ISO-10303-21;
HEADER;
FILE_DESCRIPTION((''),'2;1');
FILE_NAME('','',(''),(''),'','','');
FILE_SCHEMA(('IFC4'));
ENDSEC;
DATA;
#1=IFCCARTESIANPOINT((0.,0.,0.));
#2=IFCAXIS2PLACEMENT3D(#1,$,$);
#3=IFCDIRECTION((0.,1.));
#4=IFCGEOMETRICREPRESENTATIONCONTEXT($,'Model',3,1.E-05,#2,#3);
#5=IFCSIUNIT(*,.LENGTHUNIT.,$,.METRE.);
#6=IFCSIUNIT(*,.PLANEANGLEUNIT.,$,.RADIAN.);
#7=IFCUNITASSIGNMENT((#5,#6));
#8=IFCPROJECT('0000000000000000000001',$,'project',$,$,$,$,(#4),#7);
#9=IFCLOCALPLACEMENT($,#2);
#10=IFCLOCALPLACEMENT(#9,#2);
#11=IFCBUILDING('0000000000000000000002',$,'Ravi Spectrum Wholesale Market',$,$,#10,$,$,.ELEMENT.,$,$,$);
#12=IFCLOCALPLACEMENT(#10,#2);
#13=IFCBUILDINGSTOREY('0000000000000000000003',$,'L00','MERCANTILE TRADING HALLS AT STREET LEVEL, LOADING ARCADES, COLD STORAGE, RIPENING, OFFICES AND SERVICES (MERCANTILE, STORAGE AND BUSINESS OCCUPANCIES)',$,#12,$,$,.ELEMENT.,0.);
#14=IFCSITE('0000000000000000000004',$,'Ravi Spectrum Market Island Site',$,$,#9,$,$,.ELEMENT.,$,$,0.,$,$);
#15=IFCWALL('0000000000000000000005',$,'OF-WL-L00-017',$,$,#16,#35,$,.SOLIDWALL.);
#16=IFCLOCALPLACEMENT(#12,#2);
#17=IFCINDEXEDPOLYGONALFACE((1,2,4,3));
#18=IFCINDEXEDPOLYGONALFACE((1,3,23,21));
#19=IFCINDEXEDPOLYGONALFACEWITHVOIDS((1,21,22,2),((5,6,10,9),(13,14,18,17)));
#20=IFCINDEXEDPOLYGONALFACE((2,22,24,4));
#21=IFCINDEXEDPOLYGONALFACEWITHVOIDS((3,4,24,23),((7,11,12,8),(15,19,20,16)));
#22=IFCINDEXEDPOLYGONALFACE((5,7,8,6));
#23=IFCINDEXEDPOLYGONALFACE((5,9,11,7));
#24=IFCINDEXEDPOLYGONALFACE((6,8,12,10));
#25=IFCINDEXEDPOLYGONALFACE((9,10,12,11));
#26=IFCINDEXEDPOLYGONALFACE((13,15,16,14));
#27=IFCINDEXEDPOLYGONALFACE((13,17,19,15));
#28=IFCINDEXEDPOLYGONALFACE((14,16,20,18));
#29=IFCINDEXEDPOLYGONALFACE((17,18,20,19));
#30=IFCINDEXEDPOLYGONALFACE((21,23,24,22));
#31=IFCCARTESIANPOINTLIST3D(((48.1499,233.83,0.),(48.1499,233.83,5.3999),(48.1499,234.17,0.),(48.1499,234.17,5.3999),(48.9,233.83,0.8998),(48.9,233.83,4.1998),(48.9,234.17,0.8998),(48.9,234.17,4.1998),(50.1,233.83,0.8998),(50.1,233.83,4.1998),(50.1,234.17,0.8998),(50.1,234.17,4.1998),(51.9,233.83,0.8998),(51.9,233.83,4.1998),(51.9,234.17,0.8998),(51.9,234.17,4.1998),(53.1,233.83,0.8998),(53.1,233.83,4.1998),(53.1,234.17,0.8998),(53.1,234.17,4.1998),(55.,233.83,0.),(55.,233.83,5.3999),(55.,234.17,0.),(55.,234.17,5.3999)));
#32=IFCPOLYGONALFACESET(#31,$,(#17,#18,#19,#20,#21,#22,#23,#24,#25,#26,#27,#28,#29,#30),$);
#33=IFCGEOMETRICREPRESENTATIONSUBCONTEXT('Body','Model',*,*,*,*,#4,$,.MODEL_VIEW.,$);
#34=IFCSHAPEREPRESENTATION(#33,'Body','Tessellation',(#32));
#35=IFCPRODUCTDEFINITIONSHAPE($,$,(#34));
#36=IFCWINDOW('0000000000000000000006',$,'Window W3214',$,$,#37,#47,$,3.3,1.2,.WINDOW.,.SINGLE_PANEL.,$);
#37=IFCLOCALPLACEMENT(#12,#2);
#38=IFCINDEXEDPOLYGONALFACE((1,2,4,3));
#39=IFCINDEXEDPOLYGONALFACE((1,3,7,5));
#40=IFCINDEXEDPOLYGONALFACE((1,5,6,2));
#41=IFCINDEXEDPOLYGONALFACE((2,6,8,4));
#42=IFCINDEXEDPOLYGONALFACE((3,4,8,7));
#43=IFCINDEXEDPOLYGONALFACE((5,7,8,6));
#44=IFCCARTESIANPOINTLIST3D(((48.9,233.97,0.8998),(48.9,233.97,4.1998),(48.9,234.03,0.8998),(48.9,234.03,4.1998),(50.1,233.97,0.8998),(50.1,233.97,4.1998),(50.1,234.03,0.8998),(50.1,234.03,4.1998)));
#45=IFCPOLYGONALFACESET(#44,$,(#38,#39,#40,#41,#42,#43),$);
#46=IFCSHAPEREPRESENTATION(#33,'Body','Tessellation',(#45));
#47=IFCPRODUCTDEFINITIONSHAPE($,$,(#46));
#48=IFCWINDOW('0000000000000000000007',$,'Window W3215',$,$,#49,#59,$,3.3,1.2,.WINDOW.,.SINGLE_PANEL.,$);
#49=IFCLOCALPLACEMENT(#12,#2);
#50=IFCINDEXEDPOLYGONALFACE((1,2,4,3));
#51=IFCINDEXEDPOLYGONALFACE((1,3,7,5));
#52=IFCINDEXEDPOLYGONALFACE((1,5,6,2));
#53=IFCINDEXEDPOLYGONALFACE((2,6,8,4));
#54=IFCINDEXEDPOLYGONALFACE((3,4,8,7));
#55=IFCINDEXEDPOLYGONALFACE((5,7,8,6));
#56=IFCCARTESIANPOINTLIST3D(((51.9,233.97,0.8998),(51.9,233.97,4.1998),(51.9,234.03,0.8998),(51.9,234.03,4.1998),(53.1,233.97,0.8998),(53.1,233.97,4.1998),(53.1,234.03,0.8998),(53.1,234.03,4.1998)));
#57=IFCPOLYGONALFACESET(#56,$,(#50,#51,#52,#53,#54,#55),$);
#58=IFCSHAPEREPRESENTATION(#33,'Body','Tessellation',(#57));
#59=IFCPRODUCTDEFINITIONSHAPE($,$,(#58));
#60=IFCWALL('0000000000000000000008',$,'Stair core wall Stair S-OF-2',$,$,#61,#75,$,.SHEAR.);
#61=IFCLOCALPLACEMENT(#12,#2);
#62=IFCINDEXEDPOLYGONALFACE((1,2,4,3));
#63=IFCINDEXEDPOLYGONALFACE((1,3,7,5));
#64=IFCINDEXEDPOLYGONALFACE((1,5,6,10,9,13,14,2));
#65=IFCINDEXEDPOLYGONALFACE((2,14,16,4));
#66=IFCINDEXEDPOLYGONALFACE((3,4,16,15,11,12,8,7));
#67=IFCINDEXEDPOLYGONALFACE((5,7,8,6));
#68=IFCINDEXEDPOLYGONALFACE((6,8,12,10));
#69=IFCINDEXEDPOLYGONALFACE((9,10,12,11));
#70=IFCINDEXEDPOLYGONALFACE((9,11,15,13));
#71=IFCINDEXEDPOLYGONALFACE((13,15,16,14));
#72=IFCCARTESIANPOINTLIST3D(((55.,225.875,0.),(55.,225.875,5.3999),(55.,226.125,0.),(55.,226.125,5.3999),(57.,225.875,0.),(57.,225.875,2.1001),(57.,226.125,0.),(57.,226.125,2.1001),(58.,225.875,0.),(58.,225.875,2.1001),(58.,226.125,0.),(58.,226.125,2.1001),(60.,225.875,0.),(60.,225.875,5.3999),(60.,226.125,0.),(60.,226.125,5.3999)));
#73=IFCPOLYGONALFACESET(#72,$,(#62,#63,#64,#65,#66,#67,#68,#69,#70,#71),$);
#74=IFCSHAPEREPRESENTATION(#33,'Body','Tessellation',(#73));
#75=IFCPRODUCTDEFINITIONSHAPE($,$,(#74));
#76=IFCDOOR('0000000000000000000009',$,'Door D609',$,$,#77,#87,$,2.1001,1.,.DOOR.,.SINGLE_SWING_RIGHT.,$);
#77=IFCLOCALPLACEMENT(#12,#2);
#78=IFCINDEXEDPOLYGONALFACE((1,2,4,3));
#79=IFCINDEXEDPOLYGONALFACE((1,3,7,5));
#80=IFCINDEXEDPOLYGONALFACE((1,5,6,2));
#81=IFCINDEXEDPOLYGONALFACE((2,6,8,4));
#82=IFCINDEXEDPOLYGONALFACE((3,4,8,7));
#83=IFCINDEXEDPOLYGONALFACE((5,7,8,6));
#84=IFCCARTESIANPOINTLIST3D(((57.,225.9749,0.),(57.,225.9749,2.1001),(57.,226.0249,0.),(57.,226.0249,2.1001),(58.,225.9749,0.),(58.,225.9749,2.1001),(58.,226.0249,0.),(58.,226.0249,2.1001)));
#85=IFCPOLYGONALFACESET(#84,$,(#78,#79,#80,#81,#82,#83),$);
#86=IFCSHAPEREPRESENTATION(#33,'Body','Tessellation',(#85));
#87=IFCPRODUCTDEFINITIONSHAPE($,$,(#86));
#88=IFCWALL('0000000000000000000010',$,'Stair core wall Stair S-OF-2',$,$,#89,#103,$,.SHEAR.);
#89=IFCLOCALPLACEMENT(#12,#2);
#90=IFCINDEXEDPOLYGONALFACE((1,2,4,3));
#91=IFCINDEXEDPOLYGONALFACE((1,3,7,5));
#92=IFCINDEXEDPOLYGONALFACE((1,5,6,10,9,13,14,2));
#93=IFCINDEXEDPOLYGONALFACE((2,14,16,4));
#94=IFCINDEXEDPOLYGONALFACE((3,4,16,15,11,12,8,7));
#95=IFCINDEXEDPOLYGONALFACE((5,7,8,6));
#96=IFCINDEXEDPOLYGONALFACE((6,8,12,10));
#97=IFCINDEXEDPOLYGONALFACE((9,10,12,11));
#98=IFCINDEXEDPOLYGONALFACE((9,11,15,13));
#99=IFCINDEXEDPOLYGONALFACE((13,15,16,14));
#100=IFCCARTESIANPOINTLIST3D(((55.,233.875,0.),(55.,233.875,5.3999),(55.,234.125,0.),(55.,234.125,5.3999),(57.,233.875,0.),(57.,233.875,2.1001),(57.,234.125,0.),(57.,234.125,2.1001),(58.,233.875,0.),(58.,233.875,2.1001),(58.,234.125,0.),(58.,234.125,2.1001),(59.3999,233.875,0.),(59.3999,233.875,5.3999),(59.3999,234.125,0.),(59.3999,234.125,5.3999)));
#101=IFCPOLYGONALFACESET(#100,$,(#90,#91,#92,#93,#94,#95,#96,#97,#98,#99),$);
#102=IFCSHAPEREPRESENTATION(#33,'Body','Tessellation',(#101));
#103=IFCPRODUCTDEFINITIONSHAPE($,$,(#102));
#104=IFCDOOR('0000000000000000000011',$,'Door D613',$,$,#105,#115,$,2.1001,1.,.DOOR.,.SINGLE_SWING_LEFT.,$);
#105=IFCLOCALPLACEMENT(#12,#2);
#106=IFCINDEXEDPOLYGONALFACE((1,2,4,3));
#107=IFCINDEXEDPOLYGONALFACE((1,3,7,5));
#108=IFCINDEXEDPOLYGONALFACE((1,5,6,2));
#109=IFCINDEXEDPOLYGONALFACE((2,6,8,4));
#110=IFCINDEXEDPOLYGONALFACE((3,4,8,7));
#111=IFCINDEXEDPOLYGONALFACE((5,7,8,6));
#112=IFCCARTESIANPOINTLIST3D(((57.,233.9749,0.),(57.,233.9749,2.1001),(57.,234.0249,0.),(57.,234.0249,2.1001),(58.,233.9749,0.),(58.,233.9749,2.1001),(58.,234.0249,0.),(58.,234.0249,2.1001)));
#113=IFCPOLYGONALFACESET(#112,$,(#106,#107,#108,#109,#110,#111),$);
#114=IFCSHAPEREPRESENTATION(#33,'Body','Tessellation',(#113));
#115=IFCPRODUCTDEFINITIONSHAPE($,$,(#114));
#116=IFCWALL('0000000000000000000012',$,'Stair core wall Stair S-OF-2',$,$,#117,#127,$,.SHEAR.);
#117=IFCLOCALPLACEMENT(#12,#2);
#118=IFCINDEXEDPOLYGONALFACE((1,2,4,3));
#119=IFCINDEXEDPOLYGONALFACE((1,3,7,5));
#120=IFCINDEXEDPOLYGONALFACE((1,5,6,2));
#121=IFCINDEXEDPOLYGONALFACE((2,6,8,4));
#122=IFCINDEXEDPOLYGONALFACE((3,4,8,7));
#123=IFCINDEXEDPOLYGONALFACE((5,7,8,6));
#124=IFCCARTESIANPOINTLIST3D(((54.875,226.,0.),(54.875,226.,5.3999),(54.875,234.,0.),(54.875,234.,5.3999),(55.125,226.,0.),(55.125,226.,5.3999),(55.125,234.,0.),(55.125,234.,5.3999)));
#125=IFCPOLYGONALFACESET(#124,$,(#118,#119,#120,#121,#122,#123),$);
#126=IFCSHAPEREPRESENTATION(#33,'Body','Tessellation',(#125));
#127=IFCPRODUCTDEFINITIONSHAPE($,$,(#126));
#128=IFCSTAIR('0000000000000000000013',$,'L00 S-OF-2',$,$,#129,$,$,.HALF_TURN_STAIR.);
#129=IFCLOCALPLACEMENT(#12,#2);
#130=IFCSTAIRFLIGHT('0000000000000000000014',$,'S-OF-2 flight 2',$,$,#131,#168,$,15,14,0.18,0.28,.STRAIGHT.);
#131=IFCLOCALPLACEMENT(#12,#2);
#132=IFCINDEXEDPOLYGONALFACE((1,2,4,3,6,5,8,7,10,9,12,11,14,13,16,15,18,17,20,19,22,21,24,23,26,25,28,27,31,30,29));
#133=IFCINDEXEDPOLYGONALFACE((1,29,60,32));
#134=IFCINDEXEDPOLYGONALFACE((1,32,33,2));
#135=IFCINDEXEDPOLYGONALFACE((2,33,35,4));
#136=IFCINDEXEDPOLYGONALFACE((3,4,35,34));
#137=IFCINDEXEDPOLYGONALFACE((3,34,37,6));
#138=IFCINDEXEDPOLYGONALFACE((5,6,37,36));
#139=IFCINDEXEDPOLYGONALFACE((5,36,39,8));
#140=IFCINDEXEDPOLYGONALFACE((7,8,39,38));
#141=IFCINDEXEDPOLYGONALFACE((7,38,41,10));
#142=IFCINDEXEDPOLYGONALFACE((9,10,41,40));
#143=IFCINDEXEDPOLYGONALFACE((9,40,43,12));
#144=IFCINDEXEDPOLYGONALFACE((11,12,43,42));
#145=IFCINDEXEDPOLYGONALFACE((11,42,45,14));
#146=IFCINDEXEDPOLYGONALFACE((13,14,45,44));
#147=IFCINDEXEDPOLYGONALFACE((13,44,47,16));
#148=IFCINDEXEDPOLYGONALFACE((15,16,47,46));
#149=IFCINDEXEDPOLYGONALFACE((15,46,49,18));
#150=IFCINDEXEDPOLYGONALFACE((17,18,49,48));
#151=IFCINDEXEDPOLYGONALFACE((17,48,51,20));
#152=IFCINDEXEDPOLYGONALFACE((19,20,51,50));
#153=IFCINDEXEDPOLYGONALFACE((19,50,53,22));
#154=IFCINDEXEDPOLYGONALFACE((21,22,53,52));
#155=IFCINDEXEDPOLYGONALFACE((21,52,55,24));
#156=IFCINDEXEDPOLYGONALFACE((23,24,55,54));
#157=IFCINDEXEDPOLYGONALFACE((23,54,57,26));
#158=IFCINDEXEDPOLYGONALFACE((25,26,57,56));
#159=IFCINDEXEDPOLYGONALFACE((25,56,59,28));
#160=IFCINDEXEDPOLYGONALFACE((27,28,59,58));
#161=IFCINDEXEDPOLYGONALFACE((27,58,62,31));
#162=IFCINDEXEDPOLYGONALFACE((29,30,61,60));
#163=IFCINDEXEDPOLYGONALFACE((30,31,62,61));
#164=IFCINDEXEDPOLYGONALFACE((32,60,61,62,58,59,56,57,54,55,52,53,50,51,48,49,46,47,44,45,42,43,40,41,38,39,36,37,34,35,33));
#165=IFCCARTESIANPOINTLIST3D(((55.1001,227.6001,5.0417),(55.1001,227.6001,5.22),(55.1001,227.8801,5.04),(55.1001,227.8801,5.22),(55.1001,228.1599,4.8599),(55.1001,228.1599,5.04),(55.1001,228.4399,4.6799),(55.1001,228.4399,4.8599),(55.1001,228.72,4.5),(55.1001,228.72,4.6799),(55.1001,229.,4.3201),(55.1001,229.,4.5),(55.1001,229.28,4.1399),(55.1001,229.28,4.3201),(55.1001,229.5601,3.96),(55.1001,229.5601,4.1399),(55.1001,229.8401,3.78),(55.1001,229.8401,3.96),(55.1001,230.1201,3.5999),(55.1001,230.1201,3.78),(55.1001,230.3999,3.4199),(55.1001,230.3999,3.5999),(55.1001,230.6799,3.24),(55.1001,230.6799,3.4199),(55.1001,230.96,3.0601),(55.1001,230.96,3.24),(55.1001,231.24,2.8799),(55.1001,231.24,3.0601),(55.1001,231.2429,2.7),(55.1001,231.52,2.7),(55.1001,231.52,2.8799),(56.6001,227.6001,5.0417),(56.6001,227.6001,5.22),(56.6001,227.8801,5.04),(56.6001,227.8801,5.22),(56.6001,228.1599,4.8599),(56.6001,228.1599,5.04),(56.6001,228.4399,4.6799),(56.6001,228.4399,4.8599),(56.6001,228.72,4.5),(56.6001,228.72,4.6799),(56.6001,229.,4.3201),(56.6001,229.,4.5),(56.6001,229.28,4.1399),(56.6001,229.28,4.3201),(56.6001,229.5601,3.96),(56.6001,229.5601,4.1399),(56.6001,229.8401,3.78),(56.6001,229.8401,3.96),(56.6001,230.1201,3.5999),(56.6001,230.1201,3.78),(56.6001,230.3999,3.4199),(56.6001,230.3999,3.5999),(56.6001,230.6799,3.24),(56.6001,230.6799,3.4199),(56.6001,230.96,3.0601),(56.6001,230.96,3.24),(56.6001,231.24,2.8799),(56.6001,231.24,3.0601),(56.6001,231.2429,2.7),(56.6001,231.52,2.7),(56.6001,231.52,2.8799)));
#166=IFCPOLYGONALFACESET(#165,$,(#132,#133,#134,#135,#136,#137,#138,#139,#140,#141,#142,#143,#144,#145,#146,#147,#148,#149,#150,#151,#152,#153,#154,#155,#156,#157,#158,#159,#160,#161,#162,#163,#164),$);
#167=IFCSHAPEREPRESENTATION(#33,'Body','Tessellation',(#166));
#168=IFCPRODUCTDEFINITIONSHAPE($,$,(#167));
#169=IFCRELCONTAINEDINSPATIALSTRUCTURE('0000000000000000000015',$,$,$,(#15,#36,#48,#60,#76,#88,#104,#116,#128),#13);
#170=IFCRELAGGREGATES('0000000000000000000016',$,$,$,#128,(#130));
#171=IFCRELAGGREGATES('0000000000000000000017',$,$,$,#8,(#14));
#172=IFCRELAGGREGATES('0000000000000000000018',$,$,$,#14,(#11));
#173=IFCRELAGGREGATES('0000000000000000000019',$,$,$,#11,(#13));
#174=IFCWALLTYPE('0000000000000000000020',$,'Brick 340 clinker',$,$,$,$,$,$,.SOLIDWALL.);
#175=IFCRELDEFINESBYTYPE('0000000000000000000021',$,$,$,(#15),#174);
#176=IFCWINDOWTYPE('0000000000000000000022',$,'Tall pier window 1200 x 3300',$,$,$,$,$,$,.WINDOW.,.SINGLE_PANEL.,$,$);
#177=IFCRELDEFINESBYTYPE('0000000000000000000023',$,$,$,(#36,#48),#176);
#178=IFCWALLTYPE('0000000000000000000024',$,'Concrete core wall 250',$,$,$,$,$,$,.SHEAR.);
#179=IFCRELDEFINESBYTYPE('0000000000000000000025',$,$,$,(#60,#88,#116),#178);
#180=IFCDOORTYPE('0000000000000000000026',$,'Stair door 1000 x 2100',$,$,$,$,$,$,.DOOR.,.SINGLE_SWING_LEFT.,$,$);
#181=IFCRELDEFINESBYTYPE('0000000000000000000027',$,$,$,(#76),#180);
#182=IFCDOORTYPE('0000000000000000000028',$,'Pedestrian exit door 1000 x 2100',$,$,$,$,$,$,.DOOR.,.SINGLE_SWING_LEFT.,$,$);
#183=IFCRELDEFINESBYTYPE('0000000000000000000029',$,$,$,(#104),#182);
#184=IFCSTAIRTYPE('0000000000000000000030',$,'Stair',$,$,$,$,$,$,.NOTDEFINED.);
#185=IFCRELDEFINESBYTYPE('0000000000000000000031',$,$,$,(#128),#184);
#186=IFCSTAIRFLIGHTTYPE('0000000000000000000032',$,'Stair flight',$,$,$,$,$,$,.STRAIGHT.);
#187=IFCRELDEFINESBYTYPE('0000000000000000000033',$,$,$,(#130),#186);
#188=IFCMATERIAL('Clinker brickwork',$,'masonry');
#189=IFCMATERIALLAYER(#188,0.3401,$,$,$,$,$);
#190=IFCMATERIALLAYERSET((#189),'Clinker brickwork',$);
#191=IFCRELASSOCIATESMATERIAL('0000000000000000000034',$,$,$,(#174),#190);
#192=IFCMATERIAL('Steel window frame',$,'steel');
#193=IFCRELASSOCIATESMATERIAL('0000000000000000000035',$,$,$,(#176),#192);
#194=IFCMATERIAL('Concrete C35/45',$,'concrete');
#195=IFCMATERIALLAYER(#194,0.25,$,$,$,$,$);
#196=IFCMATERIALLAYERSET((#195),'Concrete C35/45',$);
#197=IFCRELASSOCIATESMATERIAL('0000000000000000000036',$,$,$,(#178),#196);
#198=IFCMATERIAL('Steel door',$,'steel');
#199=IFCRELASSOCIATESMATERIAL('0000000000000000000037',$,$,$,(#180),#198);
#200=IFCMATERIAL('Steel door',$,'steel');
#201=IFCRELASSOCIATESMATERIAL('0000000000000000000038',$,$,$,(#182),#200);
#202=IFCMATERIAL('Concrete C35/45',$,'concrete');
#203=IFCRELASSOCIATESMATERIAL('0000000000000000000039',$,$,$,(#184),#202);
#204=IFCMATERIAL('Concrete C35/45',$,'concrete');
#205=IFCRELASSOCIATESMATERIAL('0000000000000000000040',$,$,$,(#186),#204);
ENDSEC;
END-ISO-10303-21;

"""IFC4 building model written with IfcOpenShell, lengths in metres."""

from ifc_helpers import new_model, si_unit, direction, frame, frame_2d, origin, place, context, subcontext, project, spatial, polyline, rectangle, outline, extrude, material, layer, layer_set, type_object, element, fill, aggregate, save


model = new_model("IFC4")

# Units and contexts
model_context = context("Model", 3, precision=1e-05, world=origin(), true_north=direction((0.0, 1.0)))
body_context = subcontext(model_context, "Body", "Model", "MODEL_VIEW")
ifc_project = project(units=[si_unit("LENGTHUNIT", "METRE"), si_unit("PLANEANGLEUNIT", "RADIAN")], contexts=[model_context])

# Site, building, storey
site_placement = place(None, origin())
site = spatial("IfcSite", under=ifc_project, at=site_placement, Name="Ravi Spectrum Market Island Site", CompositionType="ELEMENT", RefElevation=0.0)
building_placement = place(site_placement, origin())
building = spatial("IfcBuilding", under=site, at=building_placement, Name="Ravi Spectrum Wholesale Market", CompositionType="ELEMENT")
storey_placement = place(building_placement, origin())
storey = spatial("IfcBuildingStorey", under=building, at=storey_placement, Name="L00", Description="MERCANTILE TRADING HALLS AT STREET LEVEL, LOADING ARCADES, COLD STORAGE, RIPENING, OFFICES AND SERVICES (MERCANTILE, STORAGE AND BUSINESS OCCUPANCIES)", CompositionType="ELEMENT", Elevation=0.0)

# Wall, openings, windows
ifc_material_1 = material(Name="Clinker brickwork", Category="masonry")
ifc_layer_1 = layer(ifc_material_1, 0.3401)
ifc_layer_set_1 = layer_set([ifc_layer_1], Name="Clinker brickwork")
wall_type_1 = type_object("IfcWallType", Name="Brick 340 clinker", PredefinedType="SOLIDWALL", material=ifc_layer_set_1)
wall_1_placement = place(storey_placement, frame((48.1499, 234.0, 0.0), z_axis=(0.0, 0.0, 1.0), x_axis=(1.0, 0.0, 0.0)))
wall_1 = element("IfcWall", 1, at=wall_1_placement, inside=storey, type_object=wall_type_1, Name="OF-WL-L00-017", PredefinedType="SOLIDWALL", context=body_context, shape_type="SweptSolid", body=[
    extrude(rectangle(XDim=6.8501, YDim=0.3401, at=frame_2d((3.425, 0.0))), origin(), (0.0, 0.0, 1.0), 5.3999),
])
opening_1_placement = place(wall_1_placement, frame((0.75, 0.0, 0.8999)))
opening_1 = element("IfcOpeningElement", 2, at=opening_1_placement, cuts=wall_1, PredefinedType="OPENING", context=body_context, shape_type="SweptSolid", body=[
    extrude(rectangle(XDim=1.2, YDim=3.3, at=frame_2d((0.6001, 1.6499))), frame((0.0, 0.1799, 0.0), z_axis=(0.0, -1.0, 0.0), x_axis=(1.0, 0.0, 0.0)), (0.0, 0.0, 1.0), 0.3601),
])
opening_2_placement = place(wall_1_placement, frame((3.75, 0.0, 0.8999)))
opening_2 = element("IfcOpeningElement", 3, at=opening_2_placement, cuts=wall_1, PredefinedType="OPENING", context=body_context, shape_type="SweptSolid", body=[
    extrude(rectangle(XDim=1.2, YDim=3.3, at=frame_2d((0.6001, 1.6499))), frame((0.0, 0.1799, 0.0), z_axis=(0.0, -1.0, 0.0), x_axis=(1.0, 0.0, 0.0)), (0.0, 0.0, 1.0), 0.3601),
])
ifc_material_2 = material(Name="Steel window frame", Category="steel")
window_type = type_object("IfcWindowType", Name="Tall pier window 1200 x 3300", PartitioningType="SINGLE_PANEL", PredefinedType="WINDOW", material=ifc_material_2)
window_1_placement = place(opening_1_placement, origin())
window_1 = element("IfcWindow", 4, at=window_1_placement, inside=storey, type_object=window_type, Name="Window W3214", OverallHeight=3.3, OverallWidth=1.2, PartitioningType="SINGLE_PANEL", PredefinedType="WINDOW", context=body_context, shape_type="SweptSolid", body=[
    extrude(rectangle(XDim=1.2, YDim=3.3, at=frame_2d((0.6001, 1.6499))), frame((0.0, 0.03, 0.0), z_axis=(0.0, -1.0, 0.0), x_axis=(1.0, 0.0, 0.0)), (0.0, 0.0, 1.0), 0.0601),
])
fill(opening_1, window_1)
window_2_placement = place(opening_2_placement, origin())
window_2 = element("IfcWindow", 5, at=window_2_placement, inside=storey, type_object=window_type, Name="Window W3215", OverallHeight=3.3, OverallWidth=1.2, PartitioningType="SINGLE_PANEL", PredefinedType="WINDOW", context=body_context, shape_type="SweptSolid", body=[
    extrude(rectangle(XDim=1.2, YDim=3.3, at=frame_2d((0.6001, 1.6499))), frame((0.0, 0.03, 0.0), z_axis=(0.0, -1.0, 0.0), x_axis=(1.0, 0.0, 0.0)), (0.0, 0.0, 1.0), 0.0601),
])
fill(opening_2, window_2)

# Walls, openings, doors
ifc_material_3 = material(Name="Concrete C35/45", Category="concrete")
ifc_layer_2 = layer(ifc_material_3, 0.25)
ifc_layer_set_2 = layer_set([ifc_layer_2], Name="Concrete C35/45")
wall_type_2 = type_object("IfcWallType", Name="Concrete core wall 250", PredefinedType="SHEAR", material=ifc_layer_set_2)
wall_2_placement = place(storey_placement, frame((55.0, 226.0, 0.0), z_axis=(0.0, 0.0, 1.0), x_axis=(1.0, 0.0, 0.0)))
wall_2 = element("IfcWall", 6, at=wall_2_placement, inside=storey, type_object=wall_type_2, Name="Stair core wall Stair S-OF-2", PredefinedType="SHEAR", context=body_context, shape_type="SweptSolid", body=[
    extrude(rectangle(XDim=5.0, YDim=0.25, at=frame_2d((2.5, 0.0))), origin(), (0.0, 0.0, 1.0), 5.3999),
])
opening_3_placement = place(wall_2_placement, frame((2.0, 0.0, 0.0)))
opening_3 = element("IfcOpeningElement", 7, at=opening_3_placement, cuts=wall_2, PredefinedType="OPENING", context=body_context, shape_type="SweptSolid", body=[
    extrude(rectangle(XDim=1.0, YDim=2.1001, at=frame_2d((0.5, 1.05))), frame((0.0, 0.135, 0.0), z_axis=(0.0, -1.0, 0.0), x_axis=(1.0, 0.0, 0.0)), (0.0, 0.0, 1.0), 0.27),
])
ifc_material_4 = material(Name="Steel door", Category="steel")
door_type_1 = type_object("IfcDoorType", Name="Stair door 1000 x 2100", OperationType="SINGLE_SWING_LEFT", PredefinedType="DOOR", material=ifc_material_4)
door_1_placement = place(opening_3_placement, origin())
door_1 = element("IfcDoor", 8, at=door_1_placement, inside=storey, type_object=door_type_1, Name="Door D609", OperationType="SINGLE_SWING_RIGHT", OverallHeight=2.1001, OverallWidth=1.0, PredefinedType="DOOR", context=body_context, shape_type="SweptSolid", body=[
    extrude(rectangle(XDim=1.0, YDim=2.1001, at=frame_2d((0.5, 1.05))), frame((0.0, 0.0249, 0.0), z_axis=(0.0, -1.0, 0.0), x_axis=(1.0, 0.0, 0.0)), (0.0, 0.0, 1.0), 0.05),
])
fill(opening_3, door_1)
wall_3_placement = place(storey_placement, frame((55.0, 234.0, 0.0), z_axis=(0.0, 0.0, 1.0), x_axis=(1.0, 0.0, 0.0)))
wall_3 = element("IfcWall", 9, at=wall_3_placement, inside=storey, type_object=wall_type_2, Name="Stair core wall Stair S-OF-2", PredefinedType="SHEAR", context=body_context, shape_type="SweptSolid", body=[
    extrude(rectangle(XDim=4.3999, YDim=0.25, at=frame_2d((2.2, 0.0))), origin(), (0.0, 0.0, 1.0), 5.3999),
])
opening_4_placement = place(wall_3_placement, frame((2.0, 0.0, 0.0)))
opening_4 = element("IfcOpeningElement", 10, at=opening_4_placement, cuts=wall_3, PredefinedType="OPENING", context=body_context, shape_type="SweptSolid", body=[
    extrude(rectangle(XDim=1.0, YDim=2.1001, at=frame_2d((0.5, 1.05))), frame((0.0, 0.135, 0.0), z_axis=(0.0, -1.0, 0.0), x_axis=(1.0, 0.0, 0.0)), (0.0, 0.0, 1.0), 0.27),
])
ifc_material_5 = material(Name="Steel door", Category="steel")
door_type_2 = type_object("IfcDoorType", Name="Pedestrian exit door 1000 x 2100", OperationType="SINGLE_SWING_LEFT", PredefinedType="DOOR", material=ifc_material_5)
door_2_placement = place(opening_4_placement, origin())
door_2 = element("IfcDoor", 11, at=door_2_placement, inside=storey, type_object=door_type_2, Name="Door D613", OperationType="SINGLE_SWING_LEFT", OverallHeight=2.1001, OverallWidth=1.0, PredefinedType="DOOR", context=body_context, shape_type="SweptSolid", body=[
    extrude(rectangle(XDim=1.0, YDim=2.1001, at=frame_2d((0.5, 1.05))), frame((0.0, 0.0249, 0.0), z_axis=(0.0, -1.0, 0.0), x_axis=(1.0, 0.0, 0.0)), (0.0, 0.0, 1.0), 0.05),
])
fill(opening_4, door_2)

# Wall
wall_4_placement = place(storey_placement, frame((55.0, 226.0, 0.0), z_axis=(0.0, 0.0, 1.0), x_axis=(0.0, 1.0, 0.0)))
element("IfcWall", 12, at=wall_4_placement, inside=storey, type_object=wall_type_2, Name="Stair core wall Stair S-OF-2", PredefinedType="SHEAR", context=body_context, shape_type="SweptSolid", body=[
    extrude(rectangle(XDim=8.0, YDim=0.25, at=frame_2d((4.0, 0.0))), origin(), (0.0, 0.0, 1.0), 5.3999),
])

# Stair, stair flight
ifc_material_6 = material(Name="Concrete C35/45", Category="concrete")
stair_type = type_object("IfcStairType", Name="Stair", PredefinedType="NOTDEFINED", material=ifc_material_6)
stair_placement = place(storey_placement, origin())
stair = element("IfcStair", 13, at=stair_placement, inside=storey, type_object=stair_type, Name="L00 S-OF-2", PredefinedType="HALF_TURN_STAIR")
ifc_material_7 = material(Name="Concrete C35/45", Category="concrete")
stair_flight_type = type_object("IfcStairFlightType", Name="Stair flight", PredefinedType="STRAIGHT", material=ifc_material_7)
stair_flight_placement = place(storey_placement, frame((55.8501, 231.52, 2.7), z_axis=(0.0, 0.0, 1.0), x_axis=(0.0, -1.0, 0.0)))
stair_flight = element("IfcStairFlight", 14, at=stair_flight_placement, type_object=stair_flight_type, Name="S-OF-2 flight 2", NumberOfRisers=15, NumberOfTreads=14, PredefinedType="STRAIGHT", RiserHeight=0.18, TreadLength=0.28, context=body_context, shape_type="SweptSolid", body=[
    extrude(outline(polyline([(0.0, 0.0), (0.0, 0.1799), (0.28, 0.1799), (0.28, 0.3601), (0.5601, 0.3601), (0.5601, 0.54), (0.8401, 0.54), (0.8401, 0.72), (1.1201, 0.72), (1.1201, 0.8999), (1.3999, 0.8999), (1.3999, 1.0801), (1.6799, 1.0801), (1.6799, 1.26), (1.96, 1.26), (1.96, 1.4399), (2.24, 1.4399), (2.24, 1.6201), (2.52, 1.6201), (2.52, 1.8), (2.8, 1.8), (2.8, 1.98), (3.0801, 1.98), (3.0801, 2.1599), (3.3601, 2.1599), (3.3601, 2.3401), (3.6399, 2.3401), (3.6399, 2.52), (3.9199, 2.52), (3.9199, 2.7), (3.9199, 2.3418), (0.2771, 0.0), (0.0, 0.0)])), frame((0.0, 0.75, 0.0), z_axis=(0.0, -1.0, 0.0), x_axis=(1.0, 0.0, 0.0)), (0.0, 0.0, 1.0), 1.5),
])
aggregate(stair, [stair_flight])

save(model, "model.ifc")
